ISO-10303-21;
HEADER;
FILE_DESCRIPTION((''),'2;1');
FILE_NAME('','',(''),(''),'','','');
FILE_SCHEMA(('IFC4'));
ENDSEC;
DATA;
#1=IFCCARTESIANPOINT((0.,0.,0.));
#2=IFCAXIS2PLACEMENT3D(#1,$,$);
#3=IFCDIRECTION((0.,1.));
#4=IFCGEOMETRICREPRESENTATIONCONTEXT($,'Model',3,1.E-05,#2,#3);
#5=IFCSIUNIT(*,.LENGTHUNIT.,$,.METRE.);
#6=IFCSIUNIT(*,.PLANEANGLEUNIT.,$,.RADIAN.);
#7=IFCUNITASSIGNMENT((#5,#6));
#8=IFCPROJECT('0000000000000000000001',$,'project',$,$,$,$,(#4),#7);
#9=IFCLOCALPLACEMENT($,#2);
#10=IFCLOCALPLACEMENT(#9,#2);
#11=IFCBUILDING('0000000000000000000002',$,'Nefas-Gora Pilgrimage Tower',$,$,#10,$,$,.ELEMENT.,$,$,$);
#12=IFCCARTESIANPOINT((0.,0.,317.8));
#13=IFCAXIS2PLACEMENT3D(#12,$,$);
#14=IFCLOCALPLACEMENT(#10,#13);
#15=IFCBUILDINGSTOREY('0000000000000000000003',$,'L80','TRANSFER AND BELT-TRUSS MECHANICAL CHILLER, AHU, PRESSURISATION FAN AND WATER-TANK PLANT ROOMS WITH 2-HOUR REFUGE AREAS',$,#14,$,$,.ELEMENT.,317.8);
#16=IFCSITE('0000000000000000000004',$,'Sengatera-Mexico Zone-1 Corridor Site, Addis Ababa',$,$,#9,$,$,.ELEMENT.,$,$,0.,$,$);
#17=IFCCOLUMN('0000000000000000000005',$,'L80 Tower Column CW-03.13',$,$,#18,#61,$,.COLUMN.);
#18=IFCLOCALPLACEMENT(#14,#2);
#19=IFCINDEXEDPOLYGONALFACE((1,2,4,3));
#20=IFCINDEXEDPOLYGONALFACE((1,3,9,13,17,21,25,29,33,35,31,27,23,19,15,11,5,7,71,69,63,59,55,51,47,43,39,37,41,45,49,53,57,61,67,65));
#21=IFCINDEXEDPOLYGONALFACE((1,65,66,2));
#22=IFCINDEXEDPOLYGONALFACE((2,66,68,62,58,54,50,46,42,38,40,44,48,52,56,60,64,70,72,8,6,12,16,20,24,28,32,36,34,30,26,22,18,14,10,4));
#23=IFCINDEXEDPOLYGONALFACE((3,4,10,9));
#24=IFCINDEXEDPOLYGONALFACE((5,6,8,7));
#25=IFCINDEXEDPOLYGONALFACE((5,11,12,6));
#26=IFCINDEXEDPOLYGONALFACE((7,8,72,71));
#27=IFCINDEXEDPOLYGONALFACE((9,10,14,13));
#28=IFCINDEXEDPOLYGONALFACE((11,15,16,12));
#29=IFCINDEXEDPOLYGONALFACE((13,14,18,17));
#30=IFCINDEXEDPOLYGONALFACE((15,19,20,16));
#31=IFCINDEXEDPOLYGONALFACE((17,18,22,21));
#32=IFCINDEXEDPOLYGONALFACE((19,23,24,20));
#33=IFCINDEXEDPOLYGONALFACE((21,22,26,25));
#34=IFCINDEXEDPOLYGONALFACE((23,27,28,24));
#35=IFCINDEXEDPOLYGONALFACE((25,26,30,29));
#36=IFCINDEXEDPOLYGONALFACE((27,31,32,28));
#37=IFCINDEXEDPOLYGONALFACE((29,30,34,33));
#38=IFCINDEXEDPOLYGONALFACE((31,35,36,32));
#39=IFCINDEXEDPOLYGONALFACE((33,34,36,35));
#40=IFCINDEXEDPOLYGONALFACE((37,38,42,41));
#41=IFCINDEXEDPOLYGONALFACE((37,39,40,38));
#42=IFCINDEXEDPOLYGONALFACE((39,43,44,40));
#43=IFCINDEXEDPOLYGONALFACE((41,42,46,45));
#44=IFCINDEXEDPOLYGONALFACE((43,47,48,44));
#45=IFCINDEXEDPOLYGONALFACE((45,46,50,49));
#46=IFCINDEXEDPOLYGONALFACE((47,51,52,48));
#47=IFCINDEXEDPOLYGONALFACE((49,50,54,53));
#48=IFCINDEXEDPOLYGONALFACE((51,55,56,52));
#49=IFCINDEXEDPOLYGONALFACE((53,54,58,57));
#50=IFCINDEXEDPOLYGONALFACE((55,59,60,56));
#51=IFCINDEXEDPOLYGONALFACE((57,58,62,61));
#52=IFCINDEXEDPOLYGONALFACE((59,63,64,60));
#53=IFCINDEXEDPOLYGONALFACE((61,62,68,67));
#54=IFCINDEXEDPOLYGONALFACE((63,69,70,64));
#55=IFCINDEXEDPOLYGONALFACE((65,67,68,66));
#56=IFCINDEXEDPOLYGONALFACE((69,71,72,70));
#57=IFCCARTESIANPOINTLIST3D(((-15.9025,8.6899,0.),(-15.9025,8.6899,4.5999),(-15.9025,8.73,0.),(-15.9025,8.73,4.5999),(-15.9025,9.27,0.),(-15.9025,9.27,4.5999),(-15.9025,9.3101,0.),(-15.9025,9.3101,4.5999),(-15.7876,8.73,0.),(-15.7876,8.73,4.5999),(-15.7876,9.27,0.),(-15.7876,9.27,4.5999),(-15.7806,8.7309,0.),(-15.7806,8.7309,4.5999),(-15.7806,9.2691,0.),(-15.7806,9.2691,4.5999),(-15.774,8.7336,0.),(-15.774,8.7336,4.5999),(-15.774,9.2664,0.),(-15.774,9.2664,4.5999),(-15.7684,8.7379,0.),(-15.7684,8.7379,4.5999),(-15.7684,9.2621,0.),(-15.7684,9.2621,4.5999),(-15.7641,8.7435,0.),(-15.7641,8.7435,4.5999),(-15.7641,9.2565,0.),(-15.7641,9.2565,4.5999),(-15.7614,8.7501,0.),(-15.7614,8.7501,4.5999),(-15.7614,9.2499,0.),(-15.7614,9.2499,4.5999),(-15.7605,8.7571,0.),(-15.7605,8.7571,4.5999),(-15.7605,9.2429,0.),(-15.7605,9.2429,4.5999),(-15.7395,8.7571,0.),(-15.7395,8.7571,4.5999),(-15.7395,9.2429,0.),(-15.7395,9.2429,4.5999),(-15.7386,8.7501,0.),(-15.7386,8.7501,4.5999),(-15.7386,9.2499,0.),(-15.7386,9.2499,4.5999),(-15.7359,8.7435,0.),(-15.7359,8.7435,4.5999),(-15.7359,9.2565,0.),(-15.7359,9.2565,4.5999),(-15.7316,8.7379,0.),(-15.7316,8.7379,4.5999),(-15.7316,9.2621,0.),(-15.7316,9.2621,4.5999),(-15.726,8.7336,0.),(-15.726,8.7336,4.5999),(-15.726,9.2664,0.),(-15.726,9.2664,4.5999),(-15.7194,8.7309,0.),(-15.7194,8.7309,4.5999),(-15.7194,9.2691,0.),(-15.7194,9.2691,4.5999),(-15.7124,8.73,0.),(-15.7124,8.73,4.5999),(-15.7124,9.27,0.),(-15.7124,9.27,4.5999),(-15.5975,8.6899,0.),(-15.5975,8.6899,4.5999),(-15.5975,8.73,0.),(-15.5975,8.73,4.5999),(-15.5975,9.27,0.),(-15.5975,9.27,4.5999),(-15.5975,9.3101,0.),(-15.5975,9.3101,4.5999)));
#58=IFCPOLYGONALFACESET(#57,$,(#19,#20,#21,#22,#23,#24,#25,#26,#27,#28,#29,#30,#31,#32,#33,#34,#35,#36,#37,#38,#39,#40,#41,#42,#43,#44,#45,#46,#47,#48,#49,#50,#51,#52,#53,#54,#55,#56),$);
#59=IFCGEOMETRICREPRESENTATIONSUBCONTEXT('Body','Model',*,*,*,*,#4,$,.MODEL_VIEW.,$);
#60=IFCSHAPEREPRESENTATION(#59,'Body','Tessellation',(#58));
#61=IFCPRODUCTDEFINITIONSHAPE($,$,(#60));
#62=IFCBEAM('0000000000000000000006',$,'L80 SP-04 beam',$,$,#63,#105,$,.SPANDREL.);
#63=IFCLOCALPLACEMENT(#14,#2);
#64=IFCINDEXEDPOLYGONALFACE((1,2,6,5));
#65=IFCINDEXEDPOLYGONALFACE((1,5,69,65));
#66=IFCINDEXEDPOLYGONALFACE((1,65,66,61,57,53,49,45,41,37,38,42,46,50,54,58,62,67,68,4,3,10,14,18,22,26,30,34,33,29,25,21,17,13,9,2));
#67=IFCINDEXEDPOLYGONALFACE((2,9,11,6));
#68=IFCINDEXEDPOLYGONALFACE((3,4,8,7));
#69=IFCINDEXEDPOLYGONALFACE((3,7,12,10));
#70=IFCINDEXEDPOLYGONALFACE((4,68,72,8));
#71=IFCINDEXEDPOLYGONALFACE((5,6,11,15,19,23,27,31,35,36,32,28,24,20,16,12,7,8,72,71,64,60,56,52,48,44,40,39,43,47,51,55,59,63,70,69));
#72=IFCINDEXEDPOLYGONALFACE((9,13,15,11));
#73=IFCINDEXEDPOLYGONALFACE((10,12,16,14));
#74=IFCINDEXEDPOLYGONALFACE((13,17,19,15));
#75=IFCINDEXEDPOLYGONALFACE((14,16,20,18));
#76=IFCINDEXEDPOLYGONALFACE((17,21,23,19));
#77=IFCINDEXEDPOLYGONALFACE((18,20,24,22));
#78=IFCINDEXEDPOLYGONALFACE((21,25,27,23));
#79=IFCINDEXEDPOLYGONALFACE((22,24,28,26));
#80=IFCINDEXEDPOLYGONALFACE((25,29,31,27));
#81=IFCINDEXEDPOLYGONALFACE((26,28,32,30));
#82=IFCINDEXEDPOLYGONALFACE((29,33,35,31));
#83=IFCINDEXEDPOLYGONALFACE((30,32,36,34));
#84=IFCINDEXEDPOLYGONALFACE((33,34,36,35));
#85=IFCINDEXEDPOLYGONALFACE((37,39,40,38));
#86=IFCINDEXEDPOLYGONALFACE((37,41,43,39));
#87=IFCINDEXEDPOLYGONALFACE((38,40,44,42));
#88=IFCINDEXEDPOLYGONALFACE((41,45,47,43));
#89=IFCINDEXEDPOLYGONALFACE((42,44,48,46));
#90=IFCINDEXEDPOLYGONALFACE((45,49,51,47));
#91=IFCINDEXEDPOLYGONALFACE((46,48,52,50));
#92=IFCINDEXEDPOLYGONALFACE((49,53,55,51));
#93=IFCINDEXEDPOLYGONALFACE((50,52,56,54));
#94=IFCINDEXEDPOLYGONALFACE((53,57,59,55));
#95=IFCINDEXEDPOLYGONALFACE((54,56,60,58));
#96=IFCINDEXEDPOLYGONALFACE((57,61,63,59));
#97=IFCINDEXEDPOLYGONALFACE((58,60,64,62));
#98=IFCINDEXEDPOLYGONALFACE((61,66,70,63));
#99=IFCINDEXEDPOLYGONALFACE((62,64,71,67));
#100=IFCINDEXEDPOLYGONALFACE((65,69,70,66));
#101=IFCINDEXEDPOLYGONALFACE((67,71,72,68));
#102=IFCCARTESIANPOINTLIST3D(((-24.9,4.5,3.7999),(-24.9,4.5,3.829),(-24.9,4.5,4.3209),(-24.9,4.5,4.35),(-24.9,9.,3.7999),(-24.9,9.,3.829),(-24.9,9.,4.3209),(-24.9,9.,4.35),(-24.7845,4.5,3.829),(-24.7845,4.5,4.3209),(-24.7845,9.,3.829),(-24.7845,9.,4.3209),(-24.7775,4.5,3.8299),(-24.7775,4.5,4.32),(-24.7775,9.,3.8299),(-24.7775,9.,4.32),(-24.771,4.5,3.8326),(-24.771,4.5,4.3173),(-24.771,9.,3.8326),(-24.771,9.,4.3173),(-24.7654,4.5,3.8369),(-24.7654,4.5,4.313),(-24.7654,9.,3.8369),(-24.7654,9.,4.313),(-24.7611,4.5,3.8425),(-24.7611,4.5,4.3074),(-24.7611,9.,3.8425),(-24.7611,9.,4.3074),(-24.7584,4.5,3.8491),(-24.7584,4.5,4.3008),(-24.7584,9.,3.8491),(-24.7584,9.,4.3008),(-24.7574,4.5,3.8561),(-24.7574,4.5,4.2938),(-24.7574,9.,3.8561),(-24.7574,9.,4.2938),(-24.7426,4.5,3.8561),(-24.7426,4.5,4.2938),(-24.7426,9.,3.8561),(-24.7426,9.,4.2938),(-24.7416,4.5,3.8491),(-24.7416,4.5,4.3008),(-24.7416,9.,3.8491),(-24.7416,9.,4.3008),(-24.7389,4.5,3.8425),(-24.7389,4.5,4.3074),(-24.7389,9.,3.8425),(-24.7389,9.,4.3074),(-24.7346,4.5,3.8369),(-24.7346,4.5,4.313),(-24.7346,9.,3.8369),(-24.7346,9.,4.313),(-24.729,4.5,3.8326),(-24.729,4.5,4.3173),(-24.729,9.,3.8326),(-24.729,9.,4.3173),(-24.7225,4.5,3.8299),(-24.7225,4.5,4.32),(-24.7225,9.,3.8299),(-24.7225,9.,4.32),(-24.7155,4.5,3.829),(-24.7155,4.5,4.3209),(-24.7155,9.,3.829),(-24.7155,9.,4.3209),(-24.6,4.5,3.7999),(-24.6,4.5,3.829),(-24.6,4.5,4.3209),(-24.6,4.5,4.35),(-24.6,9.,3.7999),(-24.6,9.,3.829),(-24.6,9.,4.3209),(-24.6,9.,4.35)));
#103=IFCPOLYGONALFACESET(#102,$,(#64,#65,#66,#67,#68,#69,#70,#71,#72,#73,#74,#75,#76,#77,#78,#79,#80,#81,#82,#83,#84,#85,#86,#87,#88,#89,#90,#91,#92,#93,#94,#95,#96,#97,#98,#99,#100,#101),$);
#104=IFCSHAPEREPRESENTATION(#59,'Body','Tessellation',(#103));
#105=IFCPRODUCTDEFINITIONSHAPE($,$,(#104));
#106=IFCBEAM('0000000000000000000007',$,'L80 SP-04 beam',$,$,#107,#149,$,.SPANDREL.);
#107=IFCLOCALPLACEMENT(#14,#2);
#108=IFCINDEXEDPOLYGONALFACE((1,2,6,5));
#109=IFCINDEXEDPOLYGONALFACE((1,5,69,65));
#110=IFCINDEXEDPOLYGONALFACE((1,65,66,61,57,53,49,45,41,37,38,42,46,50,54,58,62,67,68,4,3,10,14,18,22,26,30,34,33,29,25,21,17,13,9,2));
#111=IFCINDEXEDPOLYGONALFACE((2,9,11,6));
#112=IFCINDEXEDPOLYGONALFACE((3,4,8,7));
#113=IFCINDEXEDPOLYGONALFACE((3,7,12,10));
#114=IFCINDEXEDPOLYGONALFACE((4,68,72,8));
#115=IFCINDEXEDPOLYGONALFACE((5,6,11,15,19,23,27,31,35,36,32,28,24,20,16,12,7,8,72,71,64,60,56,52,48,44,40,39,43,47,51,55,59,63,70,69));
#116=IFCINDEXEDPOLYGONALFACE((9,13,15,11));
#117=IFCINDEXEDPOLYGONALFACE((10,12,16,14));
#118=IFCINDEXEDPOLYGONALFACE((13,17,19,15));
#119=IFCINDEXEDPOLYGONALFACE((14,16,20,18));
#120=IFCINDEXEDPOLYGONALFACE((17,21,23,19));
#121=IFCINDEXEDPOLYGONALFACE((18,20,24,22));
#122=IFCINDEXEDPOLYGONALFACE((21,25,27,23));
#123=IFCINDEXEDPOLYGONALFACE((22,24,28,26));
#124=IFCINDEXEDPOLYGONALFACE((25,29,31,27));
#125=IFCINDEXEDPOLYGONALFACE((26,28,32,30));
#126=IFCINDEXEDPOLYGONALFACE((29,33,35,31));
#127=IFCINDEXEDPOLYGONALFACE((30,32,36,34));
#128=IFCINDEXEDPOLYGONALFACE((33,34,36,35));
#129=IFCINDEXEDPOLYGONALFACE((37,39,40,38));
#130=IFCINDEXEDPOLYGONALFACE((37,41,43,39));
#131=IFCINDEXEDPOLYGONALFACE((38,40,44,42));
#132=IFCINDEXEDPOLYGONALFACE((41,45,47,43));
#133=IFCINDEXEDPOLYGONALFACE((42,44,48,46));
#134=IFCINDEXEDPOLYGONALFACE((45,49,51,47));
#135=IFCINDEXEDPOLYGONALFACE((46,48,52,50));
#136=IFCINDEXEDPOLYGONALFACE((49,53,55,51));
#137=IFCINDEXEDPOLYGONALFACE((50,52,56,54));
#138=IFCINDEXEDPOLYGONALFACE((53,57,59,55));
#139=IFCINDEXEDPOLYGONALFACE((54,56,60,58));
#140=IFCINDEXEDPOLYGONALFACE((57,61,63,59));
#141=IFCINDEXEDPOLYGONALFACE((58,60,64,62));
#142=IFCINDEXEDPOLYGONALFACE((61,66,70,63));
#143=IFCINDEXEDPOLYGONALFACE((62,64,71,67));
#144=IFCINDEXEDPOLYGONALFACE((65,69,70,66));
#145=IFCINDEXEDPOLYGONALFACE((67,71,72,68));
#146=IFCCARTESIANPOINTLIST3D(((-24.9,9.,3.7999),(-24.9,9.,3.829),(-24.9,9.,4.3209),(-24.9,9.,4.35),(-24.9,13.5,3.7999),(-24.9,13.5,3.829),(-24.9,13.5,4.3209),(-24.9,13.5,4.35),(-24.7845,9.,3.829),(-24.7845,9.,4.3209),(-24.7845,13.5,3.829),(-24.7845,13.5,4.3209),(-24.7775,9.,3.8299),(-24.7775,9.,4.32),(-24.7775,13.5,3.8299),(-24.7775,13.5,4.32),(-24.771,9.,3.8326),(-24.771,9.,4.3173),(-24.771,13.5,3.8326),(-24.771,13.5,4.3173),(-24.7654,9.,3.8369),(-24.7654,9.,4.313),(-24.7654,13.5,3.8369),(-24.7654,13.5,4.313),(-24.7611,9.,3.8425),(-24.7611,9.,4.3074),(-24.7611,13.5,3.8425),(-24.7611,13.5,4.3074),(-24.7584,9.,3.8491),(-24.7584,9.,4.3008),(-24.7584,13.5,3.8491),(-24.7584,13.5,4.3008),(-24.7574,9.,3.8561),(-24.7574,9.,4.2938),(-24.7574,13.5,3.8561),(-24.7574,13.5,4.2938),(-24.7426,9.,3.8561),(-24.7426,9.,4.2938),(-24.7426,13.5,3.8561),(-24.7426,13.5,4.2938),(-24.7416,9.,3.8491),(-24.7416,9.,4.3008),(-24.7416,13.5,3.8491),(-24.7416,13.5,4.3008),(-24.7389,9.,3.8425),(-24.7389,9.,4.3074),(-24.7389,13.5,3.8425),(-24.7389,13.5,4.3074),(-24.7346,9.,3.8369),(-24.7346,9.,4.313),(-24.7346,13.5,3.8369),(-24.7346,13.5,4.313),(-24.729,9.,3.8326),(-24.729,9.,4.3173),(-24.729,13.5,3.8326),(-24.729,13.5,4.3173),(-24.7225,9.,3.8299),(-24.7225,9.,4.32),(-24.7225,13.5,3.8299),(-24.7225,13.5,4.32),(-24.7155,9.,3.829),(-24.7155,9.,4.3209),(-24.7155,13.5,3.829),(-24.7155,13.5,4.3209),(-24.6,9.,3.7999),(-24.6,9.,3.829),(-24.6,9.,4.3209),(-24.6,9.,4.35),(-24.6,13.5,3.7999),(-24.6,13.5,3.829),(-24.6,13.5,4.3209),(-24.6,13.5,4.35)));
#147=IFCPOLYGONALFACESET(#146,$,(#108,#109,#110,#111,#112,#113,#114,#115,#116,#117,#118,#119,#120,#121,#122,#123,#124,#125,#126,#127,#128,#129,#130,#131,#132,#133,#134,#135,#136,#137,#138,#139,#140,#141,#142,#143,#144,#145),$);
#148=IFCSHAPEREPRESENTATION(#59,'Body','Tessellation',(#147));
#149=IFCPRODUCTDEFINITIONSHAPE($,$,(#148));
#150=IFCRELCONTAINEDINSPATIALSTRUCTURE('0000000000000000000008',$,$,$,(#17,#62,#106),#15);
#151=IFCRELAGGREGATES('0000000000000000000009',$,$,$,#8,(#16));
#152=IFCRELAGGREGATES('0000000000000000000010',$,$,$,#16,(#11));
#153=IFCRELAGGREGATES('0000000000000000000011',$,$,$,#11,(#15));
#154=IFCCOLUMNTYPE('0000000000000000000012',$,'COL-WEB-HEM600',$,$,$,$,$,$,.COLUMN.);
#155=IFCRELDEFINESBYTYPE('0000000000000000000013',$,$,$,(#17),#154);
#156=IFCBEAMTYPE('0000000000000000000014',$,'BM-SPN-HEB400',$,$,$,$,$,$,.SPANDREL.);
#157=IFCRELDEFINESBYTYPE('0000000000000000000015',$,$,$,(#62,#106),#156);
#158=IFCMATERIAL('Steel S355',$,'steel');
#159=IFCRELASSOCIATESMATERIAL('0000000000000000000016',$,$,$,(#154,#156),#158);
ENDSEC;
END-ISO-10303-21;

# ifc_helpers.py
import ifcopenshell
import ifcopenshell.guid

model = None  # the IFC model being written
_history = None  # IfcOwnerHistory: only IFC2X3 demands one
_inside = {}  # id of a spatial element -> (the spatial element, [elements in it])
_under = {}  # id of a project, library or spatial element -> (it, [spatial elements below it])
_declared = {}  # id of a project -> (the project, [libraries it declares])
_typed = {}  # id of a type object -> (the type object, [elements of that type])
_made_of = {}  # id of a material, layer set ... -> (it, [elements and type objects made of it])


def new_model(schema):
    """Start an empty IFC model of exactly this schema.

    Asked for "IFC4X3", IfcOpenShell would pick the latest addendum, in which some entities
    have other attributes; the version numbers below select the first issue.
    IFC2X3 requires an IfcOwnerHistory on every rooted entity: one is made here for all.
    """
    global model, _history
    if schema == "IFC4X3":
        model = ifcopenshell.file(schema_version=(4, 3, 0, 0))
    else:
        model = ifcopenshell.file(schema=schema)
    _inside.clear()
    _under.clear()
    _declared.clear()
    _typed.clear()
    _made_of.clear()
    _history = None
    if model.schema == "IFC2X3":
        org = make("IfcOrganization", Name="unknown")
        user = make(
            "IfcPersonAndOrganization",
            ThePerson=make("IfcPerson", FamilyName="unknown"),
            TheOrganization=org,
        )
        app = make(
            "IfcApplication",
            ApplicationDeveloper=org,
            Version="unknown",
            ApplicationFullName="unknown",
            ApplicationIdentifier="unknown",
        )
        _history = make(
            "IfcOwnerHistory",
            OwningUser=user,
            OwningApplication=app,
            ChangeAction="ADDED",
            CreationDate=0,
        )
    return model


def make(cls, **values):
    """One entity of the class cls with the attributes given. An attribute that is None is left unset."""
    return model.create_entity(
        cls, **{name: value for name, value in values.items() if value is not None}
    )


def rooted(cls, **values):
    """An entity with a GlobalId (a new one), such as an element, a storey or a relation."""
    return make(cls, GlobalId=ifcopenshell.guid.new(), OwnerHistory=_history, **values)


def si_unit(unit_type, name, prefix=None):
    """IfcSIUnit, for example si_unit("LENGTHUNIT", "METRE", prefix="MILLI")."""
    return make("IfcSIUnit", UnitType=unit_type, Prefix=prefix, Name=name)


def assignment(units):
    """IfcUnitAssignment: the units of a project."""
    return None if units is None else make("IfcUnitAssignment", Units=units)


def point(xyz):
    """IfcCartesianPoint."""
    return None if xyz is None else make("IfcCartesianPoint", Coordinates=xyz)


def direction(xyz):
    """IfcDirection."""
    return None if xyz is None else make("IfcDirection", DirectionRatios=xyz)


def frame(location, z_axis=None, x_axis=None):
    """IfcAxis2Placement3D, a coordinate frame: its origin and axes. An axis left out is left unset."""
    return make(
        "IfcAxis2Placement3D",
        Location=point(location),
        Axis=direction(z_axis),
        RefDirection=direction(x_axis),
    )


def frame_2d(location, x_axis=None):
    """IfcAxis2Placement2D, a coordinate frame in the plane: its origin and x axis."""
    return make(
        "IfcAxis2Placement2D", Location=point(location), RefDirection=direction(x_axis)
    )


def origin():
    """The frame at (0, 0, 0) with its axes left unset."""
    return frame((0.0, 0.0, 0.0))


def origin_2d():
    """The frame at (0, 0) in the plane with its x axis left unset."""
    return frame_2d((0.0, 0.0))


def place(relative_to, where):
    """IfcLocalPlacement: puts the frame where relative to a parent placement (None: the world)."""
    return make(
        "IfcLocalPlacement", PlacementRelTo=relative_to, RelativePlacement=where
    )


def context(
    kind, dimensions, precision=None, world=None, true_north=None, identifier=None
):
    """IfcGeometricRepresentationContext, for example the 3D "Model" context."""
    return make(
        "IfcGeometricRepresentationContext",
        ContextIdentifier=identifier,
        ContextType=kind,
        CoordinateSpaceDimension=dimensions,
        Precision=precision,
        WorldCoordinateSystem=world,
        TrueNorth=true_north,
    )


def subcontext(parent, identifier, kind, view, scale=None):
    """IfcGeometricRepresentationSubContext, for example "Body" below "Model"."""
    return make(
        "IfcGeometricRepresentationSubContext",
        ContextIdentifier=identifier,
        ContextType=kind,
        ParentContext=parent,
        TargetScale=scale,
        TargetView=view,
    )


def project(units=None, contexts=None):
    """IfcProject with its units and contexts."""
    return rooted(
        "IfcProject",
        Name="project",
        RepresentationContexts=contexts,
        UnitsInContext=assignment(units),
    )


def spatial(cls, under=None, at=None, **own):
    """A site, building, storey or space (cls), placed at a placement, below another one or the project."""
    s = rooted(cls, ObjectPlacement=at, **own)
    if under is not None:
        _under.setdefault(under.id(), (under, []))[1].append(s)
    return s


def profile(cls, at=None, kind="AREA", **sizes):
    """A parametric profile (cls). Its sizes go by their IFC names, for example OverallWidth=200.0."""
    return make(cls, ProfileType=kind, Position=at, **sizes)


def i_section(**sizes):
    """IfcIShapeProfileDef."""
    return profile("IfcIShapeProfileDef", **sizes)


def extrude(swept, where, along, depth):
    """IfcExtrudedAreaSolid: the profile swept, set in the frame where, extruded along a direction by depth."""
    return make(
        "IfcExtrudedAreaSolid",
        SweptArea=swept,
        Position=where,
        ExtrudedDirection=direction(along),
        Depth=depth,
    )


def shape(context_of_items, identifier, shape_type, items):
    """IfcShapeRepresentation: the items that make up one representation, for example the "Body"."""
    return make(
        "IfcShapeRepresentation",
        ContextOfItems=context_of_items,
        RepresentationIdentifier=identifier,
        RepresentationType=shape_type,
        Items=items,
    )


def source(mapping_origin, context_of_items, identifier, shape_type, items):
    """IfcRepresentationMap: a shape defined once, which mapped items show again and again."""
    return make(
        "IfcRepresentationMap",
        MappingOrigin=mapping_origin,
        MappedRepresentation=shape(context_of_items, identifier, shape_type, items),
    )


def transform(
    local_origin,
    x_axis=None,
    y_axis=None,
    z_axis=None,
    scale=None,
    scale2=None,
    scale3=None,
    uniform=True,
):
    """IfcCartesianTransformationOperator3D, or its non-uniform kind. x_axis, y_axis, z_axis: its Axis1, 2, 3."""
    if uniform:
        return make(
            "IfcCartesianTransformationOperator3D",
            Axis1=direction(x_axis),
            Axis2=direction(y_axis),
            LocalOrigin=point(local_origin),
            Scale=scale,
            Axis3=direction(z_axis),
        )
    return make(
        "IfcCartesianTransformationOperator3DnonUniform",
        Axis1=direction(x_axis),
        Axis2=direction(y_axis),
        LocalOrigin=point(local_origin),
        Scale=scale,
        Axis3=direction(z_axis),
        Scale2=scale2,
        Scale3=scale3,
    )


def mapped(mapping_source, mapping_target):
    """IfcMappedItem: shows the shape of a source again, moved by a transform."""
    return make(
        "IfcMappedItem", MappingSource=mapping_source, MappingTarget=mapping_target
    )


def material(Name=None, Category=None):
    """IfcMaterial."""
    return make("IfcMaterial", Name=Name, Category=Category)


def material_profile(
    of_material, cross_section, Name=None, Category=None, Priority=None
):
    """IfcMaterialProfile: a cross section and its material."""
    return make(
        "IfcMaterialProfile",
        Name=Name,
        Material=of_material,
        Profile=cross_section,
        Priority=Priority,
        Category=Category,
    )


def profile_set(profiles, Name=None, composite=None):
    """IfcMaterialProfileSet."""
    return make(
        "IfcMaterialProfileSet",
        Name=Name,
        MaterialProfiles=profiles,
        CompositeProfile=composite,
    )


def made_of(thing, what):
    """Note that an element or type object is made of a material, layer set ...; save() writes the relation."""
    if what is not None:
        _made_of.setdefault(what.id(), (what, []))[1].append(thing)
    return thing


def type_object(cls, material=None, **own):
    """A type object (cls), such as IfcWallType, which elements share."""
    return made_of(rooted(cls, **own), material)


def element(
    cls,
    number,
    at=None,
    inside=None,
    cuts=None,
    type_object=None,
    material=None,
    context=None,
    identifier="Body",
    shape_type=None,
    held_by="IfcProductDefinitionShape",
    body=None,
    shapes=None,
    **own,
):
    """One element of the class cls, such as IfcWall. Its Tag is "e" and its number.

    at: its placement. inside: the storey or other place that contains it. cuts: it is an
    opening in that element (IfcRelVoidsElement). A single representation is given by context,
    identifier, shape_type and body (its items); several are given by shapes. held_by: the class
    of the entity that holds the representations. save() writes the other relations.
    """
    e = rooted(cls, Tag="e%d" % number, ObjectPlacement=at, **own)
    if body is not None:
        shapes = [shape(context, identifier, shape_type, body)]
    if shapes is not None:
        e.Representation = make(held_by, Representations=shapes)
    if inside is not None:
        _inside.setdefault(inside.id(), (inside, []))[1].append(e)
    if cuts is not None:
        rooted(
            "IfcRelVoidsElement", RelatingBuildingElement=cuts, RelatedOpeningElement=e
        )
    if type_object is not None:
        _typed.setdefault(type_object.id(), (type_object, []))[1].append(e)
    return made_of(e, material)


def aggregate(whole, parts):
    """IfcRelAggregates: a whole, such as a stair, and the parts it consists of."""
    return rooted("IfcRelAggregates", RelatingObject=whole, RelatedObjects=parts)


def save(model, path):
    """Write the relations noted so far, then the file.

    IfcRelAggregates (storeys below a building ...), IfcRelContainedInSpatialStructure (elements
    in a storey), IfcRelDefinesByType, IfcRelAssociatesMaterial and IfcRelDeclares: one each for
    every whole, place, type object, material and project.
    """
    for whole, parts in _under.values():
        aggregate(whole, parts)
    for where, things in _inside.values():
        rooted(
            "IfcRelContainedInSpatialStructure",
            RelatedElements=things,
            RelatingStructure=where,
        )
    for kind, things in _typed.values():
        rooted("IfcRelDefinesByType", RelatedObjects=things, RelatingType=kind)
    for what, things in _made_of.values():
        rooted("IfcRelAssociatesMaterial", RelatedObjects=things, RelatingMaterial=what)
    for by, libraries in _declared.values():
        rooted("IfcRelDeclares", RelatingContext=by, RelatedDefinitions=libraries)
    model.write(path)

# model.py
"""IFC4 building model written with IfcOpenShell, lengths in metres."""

from ifc_helpers import new_model, si_unit, direction, frame, origin, origin_2d, place, context, subcontext, project, spatial, i_section, extrude, source, transform, mapped, material, material_profile, profile_set, type_object, element, save


model = new_model("IFC4")

# Units and contexts
model_context = context("Model", 3, precision=1e-05, world=origin(), true_north=direction((0.0, 1.0)))
body_context = subcontext(model_context, "Body", "Model", "MODEL_VIEW")
ifc_project = project(units=[si_unit("LENGTHUNIT", "METRE"), si_unit("PLANEANGLEUNIT", "RADIAN")], contexts=[model_context])

# Site, building, storey
site_placement = place(None, origin())
site = spatial("IfcSite", under=ifc_project, at=site_placement, Name="Sengatera-Mexico Zone-1 Corridor Site, Addis Ababa", CompositionType="ELEMENT", RefElevation=0.0)
building_placement = place(site_placement, origin())
building = spatial("IfcBuilding", under=site, at=building_placement, Name="Nefas-Gora Pilgrimage Tower", CompositionType="ELEMENT")
storey_placement = place(building_placement, frame((0.0, 0.0, 317.8)))
storey = spatial("IfcBuildingStorey", under=building, at=storey_placement, Name="L80", Description="TRANSFER AND BELT-TRUSS MECHANICAL CHILLER, AHU, PRESSURISATION FAN AND WATER-TANK PLANT ROOMS WITH 2-HOUR REFUGE AREAS", CompositionType="ELEMENT", Elevation=317.8)

# Column
ifc_material_1 = material(Name="Steel S355", Category="steel")
ifc_material_profile_1 = material_profile(ifc_material_1, i_section(OverallWidth=0.3049, OverallDepth=0.6201, WebThickness=0.021, FlangeThickness=0.04, FilletRadius=0.0271, at=origin_2d()), Name="HEM 600")
ifc_profile_set_1 = profile_set([ifc_material_profile_1], Name="Steel S355")
column_type_1 = type_object("IfcColumnType", Name="COL-WEB-HEM600", PredefinedType="COLUMN", material=ifc_profile_set_1)
shared_shape_1 = source(origin(), body_context, "Body", "SweptSolid", [
    extrude(i_section(OverallWidth=0.3049, OverallDepth=0.6201, WebThickness=0.021, FlangeThickness=0.04, FilletRadius=0.0271, at=origin_2d()), origin(), (0.0, 0.0, 1.0), 4.5999),
])
for number, where, z_axis, x_axis, name in (
    (1, (-15.75, 9.0, 0.0), (0.0, 0.0, 1.0), (1.0, 0.0, 0.0), "L80 Tower Column CW-03.13"),
):
    element("IfcColumn", number, at=place(storey_placement, frame(where, z_axis=z_axis, x_axis=x_axis)), inside=storey, type_object=column_type_1, Name=name, PredefinedType="COLUMN", context=body_context, shape_type="MappedRepresentation", body=[
        mapped(shared_shape_1, transform((0.0, 0.0, 0.0), x_axis=(1.0, 0.0, 0.0), y_axis=(0.0, 1.0, 0.0), z_axis=(0.0, 0.0, 1.0), scale=1.0)),
    ])

# Beams
ifc_material_profile_2 = material_profile(ifc_material_1, i_section(OverallWidth=0.3, OverallDepth=0.55, WebThickness=0.0149, FlangeThickness=0.0291, FilletRadius=0.0271, at=origin_2d()), Name="HEB 550")
ifc_profile_set_2 = profile_set([ifc_material_profile_2], Name="Steel S355")
beam_type_1 = type_object("IfcBeamType", Name="BM-SPN-HEB400", PredefinedType="SPANDREL", material=ifc_profile_set_2)
shared_shape_2 = source(origin(), body_context, "Body", "SweptSolid", [
    extrude(i_section(OverallWidth=0.3, OverallDepth=0.55, WebThickness=0.0149, FlangeThickness=0.0291, FilletRadius=0.0271, at=origin_2d()), origin(), (0.0, 0.0, 1.0), 4.5),
])
for number, where, z_axis, x_axis, name in (
    (2, (-24.75, 4.5, 4.075), (0.0, 1.0, 0.0), (-1.0, 0.0, 0.0), "L80 SP-04 beam"),
    (3, (-24.75, 9.0, 4.075), (0.0, 1.0, 0.0), (-1.0, 0.0, 0.0), "L80 SP-04 beam"),
):
    element("IfcBeam", number, at=place(storey_placement, frame(where, z_axis=z_axis, x_axis=x_axis)), inside=storey, type_object=beam_type_1, Name=name, PredefinedType="SPANDREL", context=body_context, shape_type="MappedRepresentation", body=[
        mapped(shared_shape_2, transform((0.0, 0.0, 0.0), x_axis=(1.0, 0.0, 0.0), y_axis=(0.0, 1.0, 0.0), z_axis=(0.0, 0.0, 1.0), scale=1.0)),
    ])

save(model, "model.ifc")
